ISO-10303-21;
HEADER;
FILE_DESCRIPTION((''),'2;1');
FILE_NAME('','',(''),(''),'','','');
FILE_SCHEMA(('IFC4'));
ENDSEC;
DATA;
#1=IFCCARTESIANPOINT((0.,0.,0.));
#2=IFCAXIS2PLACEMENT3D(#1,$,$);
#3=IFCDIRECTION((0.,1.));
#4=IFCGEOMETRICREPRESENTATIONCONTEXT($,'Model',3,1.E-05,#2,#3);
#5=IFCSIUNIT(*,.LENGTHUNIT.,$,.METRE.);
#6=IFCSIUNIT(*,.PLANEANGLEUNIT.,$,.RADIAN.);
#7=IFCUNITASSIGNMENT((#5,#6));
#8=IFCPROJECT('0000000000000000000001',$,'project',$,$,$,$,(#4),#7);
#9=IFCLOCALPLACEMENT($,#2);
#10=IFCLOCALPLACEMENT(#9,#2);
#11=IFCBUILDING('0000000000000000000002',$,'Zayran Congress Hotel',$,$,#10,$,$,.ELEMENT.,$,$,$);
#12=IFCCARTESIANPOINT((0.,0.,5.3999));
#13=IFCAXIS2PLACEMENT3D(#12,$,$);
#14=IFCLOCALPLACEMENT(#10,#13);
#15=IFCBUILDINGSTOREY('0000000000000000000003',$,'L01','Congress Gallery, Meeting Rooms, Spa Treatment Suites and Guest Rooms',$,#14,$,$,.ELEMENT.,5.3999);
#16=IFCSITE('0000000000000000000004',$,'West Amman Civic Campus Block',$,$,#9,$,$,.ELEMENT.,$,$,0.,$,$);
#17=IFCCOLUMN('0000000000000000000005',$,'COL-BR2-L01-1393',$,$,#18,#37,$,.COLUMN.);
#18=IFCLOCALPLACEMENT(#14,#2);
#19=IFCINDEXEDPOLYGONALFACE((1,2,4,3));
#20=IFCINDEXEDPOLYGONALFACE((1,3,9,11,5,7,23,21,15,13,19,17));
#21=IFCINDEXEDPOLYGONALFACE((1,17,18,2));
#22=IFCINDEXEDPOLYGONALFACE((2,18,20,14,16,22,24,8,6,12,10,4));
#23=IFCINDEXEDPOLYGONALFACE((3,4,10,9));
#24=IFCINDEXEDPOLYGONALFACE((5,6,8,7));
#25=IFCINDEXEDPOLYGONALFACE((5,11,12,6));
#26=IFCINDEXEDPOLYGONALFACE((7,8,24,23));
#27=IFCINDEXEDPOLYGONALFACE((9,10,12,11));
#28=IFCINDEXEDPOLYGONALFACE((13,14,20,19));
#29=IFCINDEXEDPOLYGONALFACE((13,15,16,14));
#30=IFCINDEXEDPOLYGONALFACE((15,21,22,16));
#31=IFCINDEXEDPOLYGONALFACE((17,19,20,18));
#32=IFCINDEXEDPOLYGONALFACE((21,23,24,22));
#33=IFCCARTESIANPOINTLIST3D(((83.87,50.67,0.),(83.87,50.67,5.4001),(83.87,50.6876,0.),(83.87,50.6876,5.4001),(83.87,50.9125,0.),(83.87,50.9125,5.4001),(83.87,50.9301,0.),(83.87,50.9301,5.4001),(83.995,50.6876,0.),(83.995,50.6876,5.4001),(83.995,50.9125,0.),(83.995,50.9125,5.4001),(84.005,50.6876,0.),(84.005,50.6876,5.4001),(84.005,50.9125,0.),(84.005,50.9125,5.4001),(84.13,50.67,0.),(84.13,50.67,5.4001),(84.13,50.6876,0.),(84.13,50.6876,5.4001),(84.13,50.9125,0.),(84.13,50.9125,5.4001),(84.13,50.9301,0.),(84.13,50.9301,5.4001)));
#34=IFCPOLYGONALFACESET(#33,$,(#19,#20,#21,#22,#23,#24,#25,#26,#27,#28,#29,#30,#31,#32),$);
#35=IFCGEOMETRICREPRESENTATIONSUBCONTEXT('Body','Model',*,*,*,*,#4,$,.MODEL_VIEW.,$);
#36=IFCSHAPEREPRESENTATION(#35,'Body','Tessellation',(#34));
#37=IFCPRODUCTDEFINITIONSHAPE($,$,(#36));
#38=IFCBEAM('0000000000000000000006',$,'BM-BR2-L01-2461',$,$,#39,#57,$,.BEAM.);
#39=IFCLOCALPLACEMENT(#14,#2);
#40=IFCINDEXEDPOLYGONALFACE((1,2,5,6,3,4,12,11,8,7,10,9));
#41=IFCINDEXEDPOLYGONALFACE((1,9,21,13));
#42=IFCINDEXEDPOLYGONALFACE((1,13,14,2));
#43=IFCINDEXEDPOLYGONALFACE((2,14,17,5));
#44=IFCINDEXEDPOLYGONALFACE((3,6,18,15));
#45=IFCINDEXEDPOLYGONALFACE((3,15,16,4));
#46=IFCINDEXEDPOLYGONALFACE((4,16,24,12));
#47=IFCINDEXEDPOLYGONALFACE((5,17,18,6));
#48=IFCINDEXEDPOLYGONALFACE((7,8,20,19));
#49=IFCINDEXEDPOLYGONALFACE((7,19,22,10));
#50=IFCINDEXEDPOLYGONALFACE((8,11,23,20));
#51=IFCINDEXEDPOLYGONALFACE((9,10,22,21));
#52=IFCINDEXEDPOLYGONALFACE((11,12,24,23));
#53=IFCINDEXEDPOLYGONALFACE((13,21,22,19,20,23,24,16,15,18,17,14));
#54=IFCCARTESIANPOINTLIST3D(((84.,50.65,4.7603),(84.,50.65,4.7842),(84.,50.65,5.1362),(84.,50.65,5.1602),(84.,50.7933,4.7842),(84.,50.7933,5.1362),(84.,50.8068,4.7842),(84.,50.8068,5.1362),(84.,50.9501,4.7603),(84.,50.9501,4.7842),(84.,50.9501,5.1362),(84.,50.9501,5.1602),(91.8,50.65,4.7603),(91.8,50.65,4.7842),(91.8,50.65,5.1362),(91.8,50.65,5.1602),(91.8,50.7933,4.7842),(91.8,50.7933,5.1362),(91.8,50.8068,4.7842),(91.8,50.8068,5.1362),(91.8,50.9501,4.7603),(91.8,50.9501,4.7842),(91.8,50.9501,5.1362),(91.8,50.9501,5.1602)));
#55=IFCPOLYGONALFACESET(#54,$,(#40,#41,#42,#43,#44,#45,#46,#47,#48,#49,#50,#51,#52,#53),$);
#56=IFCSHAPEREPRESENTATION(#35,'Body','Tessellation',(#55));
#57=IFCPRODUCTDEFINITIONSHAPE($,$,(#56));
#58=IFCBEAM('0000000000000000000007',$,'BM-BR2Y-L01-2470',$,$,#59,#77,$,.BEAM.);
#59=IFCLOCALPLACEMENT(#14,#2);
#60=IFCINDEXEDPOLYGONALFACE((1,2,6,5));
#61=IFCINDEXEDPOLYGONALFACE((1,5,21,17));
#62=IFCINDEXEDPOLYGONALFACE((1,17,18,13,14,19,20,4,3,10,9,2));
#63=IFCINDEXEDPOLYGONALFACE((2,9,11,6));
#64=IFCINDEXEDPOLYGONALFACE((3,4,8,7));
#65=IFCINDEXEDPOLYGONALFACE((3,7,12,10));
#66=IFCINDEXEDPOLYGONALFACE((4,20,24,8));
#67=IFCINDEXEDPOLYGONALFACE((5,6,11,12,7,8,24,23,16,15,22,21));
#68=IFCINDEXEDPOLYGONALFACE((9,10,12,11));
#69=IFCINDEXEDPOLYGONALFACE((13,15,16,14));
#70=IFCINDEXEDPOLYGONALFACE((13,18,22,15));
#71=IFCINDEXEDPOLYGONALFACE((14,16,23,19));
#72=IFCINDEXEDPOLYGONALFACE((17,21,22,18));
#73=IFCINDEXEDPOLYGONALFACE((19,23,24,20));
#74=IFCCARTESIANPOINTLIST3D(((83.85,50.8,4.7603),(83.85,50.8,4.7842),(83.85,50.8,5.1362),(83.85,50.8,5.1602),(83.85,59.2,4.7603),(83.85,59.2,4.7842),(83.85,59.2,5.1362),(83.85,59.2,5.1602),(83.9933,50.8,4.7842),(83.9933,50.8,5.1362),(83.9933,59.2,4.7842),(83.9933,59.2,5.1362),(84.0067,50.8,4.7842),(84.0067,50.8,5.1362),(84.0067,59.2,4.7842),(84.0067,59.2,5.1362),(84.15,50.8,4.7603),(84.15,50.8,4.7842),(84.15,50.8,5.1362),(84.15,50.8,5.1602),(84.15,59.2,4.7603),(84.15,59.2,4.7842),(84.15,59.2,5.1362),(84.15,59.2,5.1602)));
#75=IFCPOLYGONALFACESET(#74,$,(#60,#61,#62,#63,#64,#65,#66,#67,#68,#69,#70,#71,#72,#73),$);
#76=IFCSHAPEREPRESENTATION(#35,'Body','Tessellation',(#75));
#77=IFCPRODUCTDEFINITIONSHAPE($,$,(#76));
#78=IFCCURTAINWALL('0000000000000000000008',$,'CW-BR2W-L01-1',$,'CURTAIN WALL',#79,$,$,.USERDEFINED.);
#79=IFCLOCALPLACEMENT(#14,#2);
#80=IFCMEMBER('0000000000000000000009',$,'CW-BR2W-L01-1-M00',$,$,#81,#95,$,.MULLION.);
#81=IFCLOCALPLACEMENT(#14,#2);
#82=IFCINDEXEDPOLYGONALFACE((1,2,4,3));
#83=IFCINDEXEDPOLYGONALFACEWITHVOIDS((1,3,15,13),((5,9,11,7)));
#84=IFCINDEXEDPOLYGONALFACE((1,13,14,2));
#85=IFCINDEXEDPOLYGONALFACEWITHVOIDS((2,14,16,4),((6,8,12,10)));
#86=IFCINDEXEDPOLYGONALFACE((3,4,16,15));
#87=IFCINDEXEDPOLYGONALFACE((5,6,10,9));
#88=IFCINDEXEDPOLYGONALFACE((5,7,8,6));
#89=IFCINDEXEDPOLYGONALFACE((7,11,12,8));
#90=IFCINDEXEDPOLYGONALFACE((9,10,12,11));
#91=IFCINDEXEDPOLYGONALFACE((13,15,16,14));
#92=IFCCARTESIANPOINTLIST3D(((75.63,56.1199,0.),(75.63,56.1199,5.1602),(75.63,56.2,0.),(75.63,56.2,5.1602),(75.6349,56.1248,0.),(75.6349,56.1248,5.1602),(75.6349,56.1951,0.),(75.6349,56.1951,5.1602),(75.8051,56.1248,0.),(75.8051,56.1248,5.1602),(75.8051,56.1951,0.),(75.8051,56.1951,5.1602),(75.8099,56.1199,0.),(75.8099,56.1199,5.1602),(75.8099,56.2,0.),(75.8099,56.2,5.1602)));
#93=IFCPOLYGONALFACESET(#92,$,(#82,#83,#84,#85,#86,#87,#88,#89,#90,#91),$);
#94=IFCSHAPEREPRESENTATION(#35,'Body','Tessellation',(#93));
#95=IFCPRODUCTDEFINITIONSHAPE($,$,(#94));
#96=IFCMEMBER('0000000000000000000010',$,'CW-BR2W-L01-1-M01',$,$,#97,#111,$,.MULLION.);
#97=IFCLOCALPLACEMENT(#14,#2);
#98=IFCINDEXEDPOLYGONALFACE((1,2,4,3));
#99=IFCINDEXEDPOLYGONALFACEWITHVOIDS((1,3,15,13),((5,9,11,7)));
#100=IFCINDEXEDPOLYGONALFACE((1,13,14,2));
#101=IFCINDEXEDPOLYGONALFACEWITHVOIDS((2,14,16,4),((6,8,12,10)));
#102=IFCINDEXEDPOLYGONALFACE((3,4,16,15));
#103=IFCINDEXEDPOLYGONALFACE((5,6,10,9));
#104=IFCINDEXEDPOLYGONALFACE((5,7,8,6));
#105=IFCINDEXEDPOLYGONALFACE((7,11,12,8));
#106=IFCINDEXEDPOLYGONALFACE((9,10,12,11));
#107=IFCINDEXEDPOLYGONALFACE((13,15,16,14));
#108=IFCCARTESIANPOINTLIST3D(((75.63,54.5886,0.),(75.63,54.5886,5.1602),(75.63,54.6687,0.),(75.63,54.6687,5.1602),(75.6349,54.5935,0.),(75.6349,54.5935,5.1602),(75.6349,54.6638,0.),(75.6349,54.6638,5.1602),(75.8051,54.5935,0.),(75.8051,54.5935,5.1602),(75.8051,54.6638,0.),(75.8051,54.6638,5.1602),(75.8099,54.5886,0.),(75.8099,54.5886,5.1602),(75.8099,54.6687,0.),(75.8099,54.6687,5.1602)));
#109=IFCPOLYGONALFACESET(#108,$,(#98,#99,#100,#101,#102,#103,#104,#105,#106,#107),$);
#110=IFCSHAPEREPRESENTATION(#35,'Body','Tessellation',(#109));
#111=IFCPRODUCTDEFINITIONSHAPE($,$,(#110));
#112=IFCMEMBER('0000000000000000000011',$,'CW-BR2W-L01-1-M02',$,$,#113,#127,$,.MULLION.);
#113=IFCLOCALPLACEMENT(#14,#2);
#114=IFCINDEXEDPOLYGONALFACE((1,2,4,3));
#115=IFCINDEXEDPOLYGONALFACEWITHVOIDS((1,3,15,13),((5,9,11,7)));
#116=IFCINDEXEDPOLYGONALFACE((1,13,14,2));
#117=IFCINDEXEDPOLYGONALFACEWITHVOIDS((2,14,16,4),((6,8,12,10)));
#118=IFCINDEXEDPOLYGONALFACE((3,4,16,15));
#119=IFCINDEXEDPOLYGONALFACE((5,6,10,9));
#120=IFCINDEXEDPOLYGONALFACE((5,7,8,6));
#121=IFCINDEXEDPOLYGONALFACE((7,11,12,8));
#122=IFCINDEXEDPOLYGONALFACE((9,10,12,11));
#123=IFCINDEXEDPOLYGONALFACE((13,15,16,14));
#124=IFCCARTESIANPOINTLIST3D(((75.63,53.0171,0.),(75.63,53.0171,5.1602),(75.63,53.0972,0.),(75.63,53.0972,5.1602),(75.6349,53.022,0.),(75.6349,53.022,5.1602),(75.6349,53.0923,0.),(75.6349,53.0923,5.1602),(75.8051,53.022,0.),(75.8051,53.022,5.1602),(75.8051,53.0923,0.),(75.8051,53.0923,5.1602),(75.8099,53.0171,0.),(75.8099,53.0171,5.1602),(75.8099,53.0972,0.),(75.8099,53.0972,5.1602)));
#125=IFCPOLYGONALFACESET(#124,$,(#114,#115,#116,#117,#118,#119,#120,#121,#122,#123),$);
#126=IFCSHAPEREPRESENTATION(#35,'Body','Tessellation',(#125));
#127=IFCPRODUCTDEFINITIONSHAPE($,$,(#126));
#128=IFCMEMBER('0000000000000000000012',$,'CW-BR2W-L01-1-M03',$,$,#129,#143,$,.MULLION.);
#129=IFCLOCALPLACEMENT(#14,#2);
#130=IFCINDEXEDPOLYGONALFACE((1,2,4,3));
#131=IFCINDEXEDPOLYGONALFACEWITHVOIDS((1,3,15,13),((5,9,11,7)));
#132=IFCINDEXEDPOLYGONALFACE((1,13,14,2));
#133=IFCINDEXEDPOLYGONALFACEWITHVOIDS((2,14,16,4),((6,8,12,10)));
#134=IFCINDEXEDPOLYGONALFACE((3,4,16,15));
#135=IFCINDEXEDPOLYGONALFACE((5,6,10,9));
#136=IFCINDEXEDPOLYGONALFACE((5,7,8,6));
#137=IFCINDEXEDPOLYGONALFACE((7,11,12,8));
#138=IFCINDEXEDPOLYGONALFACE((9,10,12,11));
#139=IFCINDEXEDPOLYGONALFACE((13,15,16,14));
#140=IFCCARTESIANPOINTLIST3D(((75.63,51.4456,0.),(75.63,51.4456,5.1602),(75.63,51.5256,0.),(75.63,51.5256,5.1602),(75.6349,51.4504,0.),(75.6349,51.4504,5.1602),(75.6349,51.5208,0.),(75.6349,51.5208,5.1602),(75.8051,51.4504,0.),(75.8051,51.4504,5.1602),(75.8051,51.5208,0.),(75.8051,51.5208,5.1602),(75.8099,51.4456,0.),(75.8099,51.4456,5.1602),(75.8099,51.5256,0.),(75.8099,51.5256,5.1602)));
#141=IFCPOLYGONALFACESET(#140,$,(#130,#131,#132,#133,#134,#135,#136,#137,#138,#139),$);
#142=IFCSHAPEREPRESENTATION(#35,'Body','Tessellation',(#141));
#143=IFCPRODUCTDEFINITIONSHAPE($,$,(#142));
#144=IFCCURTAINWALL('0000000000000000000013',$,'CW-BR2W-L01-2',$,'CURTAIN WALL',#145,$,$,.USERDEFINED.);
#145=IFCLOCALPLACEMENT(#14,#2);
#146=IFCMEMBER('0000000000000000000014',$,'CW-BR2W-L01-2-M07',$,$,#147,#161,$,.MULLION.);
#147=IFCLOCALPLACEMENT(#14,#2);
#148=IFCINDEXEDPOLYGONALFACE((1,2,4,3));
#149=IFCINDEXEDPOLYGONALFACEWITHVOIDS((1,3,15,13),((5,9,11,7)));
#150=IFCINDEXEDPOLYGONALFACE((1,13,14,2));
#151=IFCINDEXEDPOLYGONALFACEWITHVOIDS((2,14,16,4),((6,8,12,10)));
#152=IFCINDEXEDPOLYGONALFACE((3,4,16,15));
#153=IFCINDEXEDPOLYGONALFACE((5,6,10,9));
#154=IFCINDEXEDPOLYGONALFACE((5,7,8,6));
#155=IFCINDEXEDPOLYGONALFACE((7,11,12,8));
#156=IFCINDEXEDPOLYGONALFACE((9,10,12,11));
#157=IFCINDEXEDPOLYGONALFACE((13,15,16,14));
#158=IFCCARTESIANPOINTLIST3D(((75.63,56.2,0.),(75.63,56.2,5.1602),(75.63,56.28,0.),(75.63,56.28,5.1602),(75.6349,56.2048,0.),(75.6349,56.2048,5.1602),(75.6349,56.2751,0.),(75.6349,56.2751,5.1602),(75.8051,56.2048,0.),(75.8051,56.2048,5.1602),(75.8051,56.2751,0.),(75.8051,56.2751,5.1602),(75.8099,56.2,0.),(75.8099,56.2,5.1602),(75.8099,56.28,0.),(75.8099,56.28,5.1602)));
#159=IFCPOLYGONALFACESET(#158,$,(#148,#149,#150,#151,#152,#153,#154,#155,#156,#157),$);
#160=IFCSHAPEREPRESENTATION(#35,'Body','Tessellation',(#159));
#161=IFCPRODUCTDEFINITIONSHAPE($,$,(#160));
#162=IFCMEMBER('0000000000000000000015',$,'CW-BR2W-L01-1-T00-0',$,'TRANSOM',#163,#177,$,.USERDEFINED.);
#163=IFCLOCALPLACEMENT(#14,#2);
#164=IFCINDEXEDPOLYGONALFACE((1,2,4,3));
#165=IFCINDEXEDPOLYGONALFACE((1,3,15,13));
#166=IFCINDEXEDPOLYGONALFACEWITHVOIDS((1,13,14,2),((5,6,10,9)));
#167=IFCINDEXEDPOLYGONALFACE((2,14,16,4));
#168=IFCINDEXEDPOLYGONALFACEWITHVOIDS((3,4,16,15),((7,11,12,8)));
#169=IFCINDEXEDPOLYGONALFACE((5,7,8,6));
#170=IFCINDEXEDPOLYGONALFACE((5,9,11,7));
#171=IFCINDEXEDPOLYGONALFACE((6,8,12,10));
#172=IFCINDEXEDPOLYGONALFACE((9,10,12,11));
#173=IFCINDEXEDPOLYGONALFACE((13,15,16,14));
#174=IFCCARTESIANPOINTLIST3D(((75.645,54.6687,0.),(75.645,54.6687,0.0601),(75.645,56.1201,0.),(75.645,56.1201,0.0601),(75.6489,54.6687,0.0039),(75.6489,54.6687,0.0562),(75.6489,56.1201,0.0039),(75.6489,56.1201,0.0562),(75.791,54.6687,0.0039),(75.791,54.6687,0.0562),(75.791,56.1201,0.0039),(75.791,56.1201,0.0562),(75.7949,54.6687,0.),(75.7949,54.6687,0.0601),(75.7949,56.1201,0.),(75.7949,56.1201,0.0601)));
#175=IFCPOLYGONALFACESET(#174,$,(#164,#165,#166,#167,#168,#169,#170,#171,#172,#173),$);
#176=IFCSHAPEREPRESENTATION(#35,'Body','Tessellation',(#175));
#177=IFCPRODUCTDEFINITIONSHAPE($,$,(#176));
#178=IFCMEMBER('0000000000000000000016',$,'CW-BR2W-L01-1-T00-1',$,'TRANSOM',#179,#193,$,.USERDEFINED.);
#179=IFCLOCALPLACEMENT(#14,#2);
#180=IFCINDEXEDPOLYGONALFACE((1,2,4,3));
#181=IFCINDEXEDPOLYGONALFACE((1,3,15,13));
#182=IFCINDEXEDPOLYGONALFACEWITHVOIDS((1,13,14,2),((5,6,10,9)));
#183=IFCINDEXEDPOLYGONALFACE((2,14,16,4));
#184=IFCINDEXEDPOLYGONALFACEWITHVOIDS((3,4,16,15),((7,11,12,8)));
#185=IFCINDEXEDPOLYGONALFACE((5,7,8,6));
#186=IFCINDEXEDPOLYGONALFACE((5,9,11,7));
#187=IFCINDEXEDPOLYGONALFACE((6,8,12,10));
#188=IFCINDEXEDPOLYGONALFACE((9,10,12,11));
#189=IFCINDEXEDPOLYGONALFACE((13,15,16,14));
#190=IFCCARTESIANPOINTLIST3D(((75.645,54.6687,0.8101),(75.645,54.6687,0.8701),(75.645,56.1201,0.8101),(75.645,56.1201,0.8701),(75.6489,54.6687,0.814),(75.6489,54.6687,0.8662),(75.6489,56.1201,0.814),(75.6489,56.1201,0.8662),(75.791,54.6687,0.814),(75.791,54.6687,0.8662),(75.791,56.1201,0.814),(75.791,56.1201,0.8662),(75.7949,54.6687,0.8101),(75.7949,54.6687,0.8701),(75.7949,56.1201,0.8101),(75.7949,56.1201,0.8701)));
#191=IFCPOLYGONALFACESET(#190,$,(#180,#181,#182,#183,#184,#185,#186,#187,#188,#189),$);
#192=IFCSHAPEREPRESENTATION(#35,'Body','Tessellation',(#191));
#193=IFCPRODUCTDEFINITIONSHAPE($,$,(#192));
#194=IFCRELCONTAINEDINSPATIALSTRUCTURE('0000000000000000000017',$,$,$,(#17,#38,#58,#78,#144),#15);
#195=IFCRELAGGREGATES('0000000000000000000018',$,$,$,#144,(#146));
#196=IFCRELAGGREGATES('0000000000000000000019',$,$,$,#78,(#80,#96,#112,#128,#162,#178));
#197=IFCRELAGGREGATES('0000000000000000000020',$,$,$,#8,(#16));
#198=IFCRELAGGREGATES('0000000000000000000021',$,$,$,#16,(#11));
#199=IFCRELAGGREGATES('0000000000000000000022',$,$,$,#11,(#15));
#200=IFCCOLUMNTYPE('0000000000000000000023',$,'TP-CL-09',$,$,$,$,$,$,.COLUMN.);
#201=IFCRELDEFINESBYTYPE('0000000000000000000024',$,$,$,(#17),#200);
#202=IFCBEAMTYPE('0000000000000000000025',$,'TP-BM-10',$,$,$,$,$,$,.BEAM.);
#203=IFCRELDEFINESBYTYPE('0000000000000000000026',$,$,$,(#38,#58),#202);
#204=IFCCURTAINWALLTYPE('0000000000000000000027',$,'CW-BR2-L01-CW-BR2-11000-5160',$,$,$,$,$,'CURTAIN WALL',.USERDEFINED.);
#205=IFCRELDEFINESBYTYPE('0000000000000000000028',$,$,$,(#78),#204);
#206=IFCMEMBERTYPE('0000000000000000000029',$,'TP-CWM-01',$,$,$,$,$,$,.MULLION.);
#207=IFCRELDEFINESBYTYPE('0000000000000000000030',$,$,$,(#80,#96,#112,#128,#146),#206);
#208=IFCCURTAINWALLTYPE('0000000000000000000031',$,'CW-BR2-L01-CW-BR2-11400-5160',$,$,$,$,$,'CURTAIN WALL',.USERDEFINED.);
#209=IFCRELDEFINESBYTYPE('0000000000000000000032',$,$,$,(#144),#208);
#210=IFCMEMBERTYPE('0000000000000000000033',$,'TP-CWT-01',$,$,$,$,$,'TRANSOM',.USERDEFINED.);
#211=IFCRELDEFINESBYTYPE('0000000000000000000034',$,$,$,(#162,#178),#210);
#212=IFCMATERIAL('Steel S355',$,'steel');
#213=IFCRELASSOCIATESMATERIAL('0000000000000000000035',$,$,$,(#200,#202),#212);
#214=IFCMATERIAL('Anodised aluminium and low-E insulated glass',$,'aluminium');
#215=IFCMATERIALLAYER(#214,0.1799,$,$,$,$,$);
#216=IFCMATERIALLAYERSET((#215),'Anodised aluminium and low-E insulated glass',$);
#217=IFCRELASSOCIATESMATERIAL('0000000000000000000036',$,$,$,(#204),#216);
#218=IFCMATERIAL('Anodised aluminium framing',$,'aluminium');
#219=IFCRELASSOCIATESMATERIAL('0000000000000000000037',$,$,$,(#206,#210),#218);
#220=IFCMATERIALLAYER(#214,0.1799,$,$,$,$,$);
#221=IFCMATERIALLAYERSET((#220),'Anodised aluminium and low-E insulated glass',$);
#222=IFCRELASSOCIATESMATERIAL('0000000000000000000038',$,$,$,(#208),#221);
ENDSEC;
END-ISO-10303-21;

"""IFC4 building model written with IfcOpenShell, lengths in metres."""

from ifc_helpers import new_model, si_unit, direction, frame, origin, origin_2d, place, context, subcontext, project, spatial, hollow_rectangle, i_section, extrude, material, layer, layer_set, material_profile, profile_set, type_object, element, aggregate, save


model = new_model("IFC4")

# Units and contexts
model_context = context("Model", 3, precision=1e-05, world=origin(), true_north=direction((0.0, 1.0)))
body_context = subcontext(model_context, "Body", "Model", "MODEL_VIEW")
ifc_project = project(units=[si_unit("LENGTHUNIT", "METRE"), si_unit("PLANEANGLEUNIT", "RADIAN")], contexts=[model_context])

# Site, building, storey
site_placement = place(None, origin())
site = spatial("IfcSite", under=ifc_project, at=site_placement, Name="West Amman Civic Campus Block", CompositionType="ELEMENT", RefElevation=0.0)
building_placement = place(site_placement, origin())
building = spatial("IfcBuilding", under=site, at=building_placement, Name="Zayran Congress Hotel", CompositionType="ELEMENT")
storey_placement = place(building_placement, frame((0.0, 0.0, 5.3999)))
storey = spatial("IfcBuildingStorey", under=building, at=storey_placement, Name="L01", Description="Congress Gallery, Meeting Rooms, Spa Treatment Suites and Guest Rooms", CompositionType="ELEMENT", Elevation=5.3999)

# Column
ifc_material_1 = material(Name="Steel S355", Category="steel")
ifc_material_profile_1 = material_profile(ifc_material_1, i_section(OverallWidth=0.26, OverallDepth=0.26, WebThickness=0.01, FlangeThickness=0.0176, at=origin_2d()), Name="HEB 260")
ifc_profile_set_1 = profile_set([ifc_material_profile_1], Name="Steel S355")
column_type = type_object("IfcColumnType", Name="TP-CL-09", PredefinedType="COLUMN", material=ifc_profile_set_1)
column_placement = place(storey_placement, frame((84.0, 50.8, 0.0), z_axis=(0.0, 0.0, 1.0), x_axis=(1.0, 0.0, 0.0)))
element("IfcColumn", 1, at=column_placement, inside=storey, type_object=column_type, Name="COL-BR2-L01-1393", PredefinedType="COLUMN", context=body_context, shape_type="SweptSolid", body=[
    extrude(i_section(OverallWidth=0.26, OverallDepth=0.26, WebThickness=0.01, FlangeThickness=0.0176, at=origin_2d()), origin(), (0.0, 0.0, 1.0), 5.4001),
])

# Beams
ifc_material_profile_2 = material_profile(ifc_material_1, i_section(OverallWidth=0.3, OverallDepth=0.3999, WebThickness=0.0134, FlangeThickness=0.0239, at=origin_2d()), Name="HEB 400")
ifc_profile_set_2 = profile_set([ifc_material_profile_2], Name="Steel S355")
beam_type = type_object("IfcBeamType", Name="TP-BM-10", PredefinedType="BEAM", material=ifc_profile_set_2)
beam_1_placement = place(storey_placement, frame((84.0, 50.8, 4.9602), z_axis=(1.0, 0.0, 0.0), x_axis=(0.0, 1.0, 0.0)))
element("IfcBeam", 2, at=beam_1_placement, inside=storey, type_object=beam_type, Name="BM-BR2-L01-2461", PredefinedType="BEAM", context=body_context, shape_type="SweptSolid", body=[
    extrude(i_section(OverallWidth=0.3, OverallDepth=0.3999, WebThickness=0.0134, FlangeThickness=0.0239, at=origin_2d()), origin(), (0.0, 0.0, 1.0), 7.8),
])
beam_2_placement = place(storey_placement, frame((84.0, 50.8, 4.9602), z_axis=(0.0, 1.0, 0.0), x_axis=(-1.0, 0.0, 0.0)))
element("IfcBeam", 3, at=beam_2_placement, inside=storey, type_object=beam_type, Name="BM-BR2Y-L01-2470", PredefinedType="BEAM", context=body_context, shape_type="SweptSolid", body=[
    extrude(i_section(OverallWidth=0.3, OverallDepth=0.3999, WebThickness=0.0134, FlangeThickness=0.0239, at=origin_2d()), origin(), (0.0, 0.0, 1.0), 8.3999),
])

# Curtain wall, members
ifc_material_2 = material(Name="Anodised aluminium and low-E insulated glass", Category="aluminium")
ifc_layer_1 = layer(ifc_material_2, 0.1799)
ifc_layer_set_1 = layer_set([ifc_layer_1], Name="Anodised aluminium and low-E insulated glass")
curtain_wall_type_1 = type_object("IfcCurtainWallType", Name="CW-BR2-L01-CW-BR2-11000-5160", ElementType="CURTAIN WALL", PredefinedType="USERDEFINED", material=ifc_layer_set_1)
curtain_wall_1_placement = place(storey_placement, origin())
curtain_wall_1 = element("IfcCurtainWall", 4, at=curtain_wall_1_placement, inside=storey, type_object=curtain_wall_type_1, Name="CW-BR2W-L01-1", ObjectType="CURTAIN WALL", PredefinedType="USERDEFINED")
ifc_material_3 = material(Name="Anodised aluminium framing", Category="aluminium")
ifc_material_profile_3 = material_profile(ifc_material_3, hollow_rectangle(XDim=0.0801, YDim=0.1799, WallThickness=0.0049, at=origin_2d()), Name="RHS 180x80x5")
ifc_profile_set_3 = profile_set([ifc_material_profile_3], Name="Anodised aluminium framing")
member_type_1 = type_object("IfcMemberType", Name="TP-CWM-01", PredefinedType="MULLION", material=ifc_profile_set_3)
member_1_placement = place(storey_placement, frame((75.72, 56.1599, 0.0), z_axis=(0.0, 0.0, 1.0), x_axis=(0.0, 1.0, 0.0)))
member_1 = element("IfcMember", 5, at=member_1_placement, type_object=member_type_1, Name="CW-BR2W-L01-1-M00", PredefinedType="MULLION", context=body_context, shape_type="SweptSolid", body=[
    extrude(hollow_rectangle(XDim=0.0801, YDim=0.1799, WallThickness=0.0049, at=origin_2d()), origin(), (0.0, 0.0, 1.0), 5.1602),
])
member_2_placement = place(storey_placement, frame((75.72, 54.6287, 0.0), z_axis=(0.0, 0.0, 1.0), x_axis=(0.0, 1.0, 0.0)))
member_2 = element("IfcMember", 6, at=member_2_placement, type_object=member_type_1, Name="CW-BR2W-L01-1-M01", PredefinedType="MULLION", context=body_context, shape_type="SweptSolid", body=[
    extrude(hollow_rectangle(XDim=0.0801, YDim=0.1799, WallThickness=0.0049, at=origin_2d()), origin(), (0.0, 0.0, 1.0), 5.1602),
])
member_3_placement = place(storey_placement, frame((75.72, 53.0571, 0.0), z_axis=(0.0, 0.0, 1.0), x_axis=(0.0, 1.0, 0.0)))
member_3 = element("IfcMember", 7, at=member_3_placement, type_object=member_type_1, Name="CW-BR2W-L01-1-M02", PredefinedType="MULLION", context=body_context, shape_type="SweptSolid", body=[
    extrude(hollow_rectangle(XDim=0.0801, YDim=0.1799, WallThickness=0.0049, at=origin_2d()), origin(), (0.0, 0.0, 1.0), 5.1602),
])
member_4_placement = place(storey_placement, frame((75.72, 51.4856, 0.0), z_axis=(0.0, 0.0, 1.0), x_axis=(0.0, 1.0, 0.0)))
member_4 = element("IfcMember", 8, at=member_4_placement, type_object=member_type_1, Name="CW-BR2W-L01-1-M03", PredefinedType="MULLION", context=body_context, shape_type="SweptSolid", body=[
    extrude(hollow_rectangle(XDim=0.0801, YDim=0.1799, WallThickness=0.0049, at=origin_2d()), origin(), (0.0, 0.0, 1.0), 5.1602),
])

# Curtain wall, member
ifc_layer_2 = layer(ifc_material_2, 0.1799)
ifc_layer_set_2 = layer_set([ifc_layer_2], Name="Anodised aluminium and low-E insulated glass")
curtain_wall_type_2 = type_object("IfcCurtainWallType", Name="CW-BR2-L01-CW-BR2-11400-5160", ElementType="CURTAIN WALL", PredefinedType="USERDEFINED", material=ifc_layer_set_2)
curtain_wall_2_placement = place(storey_placement, origin())
curtain_wall_2 = element("IfcCurtainWall", 9, at=curtain_wall_2_placement, inside=storey, type_object=curtain_wall_type_2, Name="CW-BR2W-L01-2", ObjectType="CURTAIN WALL", PredefinedType="USERDEFINED")
member_5_placement = place(storey_placement, frame((75.72, 56.24, 0.0), z_axis=(0.0, 0.0, 1.0), x_axis=(0.0, 1.0, 0.0)))
member_5 = element("IfcMember", 10, at=member_5_placement, type_object=member_type_1, Name="CW-BR2W-L01-2-M07", PredefinedType="MULLION", context=body_context, shape_type="SweptSolid", body=[
    extrude(hollow_rectangle(XDim=0.0801, YDim=0.1799, WallThickness=0.0049, at=origin_2d()), origin(), (0.0, 0.0, 1.0), 5.1602),
])
aggregate(curtain_wall_2, [member_5])

# Members
ifc_material_profile_4 = material_profile(ifc_material_3, hollow_rectangle(XDim=0.0601, YDim=0.1499, WallThickness=0.0039, at=origin_2d()), Name="RHS 150x60x4")
ifc_profile_set_4 = profile_set([ifc_material_profile_4], Name="Anodised aluminium framing")
member_type_2 = type_object("IfcMemberType", Name="TP-CWT-01", ElementType="TRANSOM", PredefinedType="USERDEFINED", material=ifc_profile_set_4)
member_6_placement = place(storey_placement, frame((75.72, 56.1201, 0.03), z_axis=(0.0, -1.0, 0.0), x_axis=(0.0, 0.0, 1.0)))
member_6 = element("IfcMember", 11, at=member_6_placement, type_object=member_type_2, Name="CW-BR2W-L01-1-T00-0", ObjectType="TRANSOM", PredefinedType="USERDEFINED", context=body_context, shape_type="SweptSolid", body=[
    extrude(hollow_rectangle(XDim=0.0601, YDim=0.1499, WallThickness=0.0039, at=origin_2d()), origin(), (0.0, 0.0, 1.0), 1.4514),
])
member_7_placement = place(storey_placement, frame((75.72, 56.1201, 0.8401), z_axis=(0.0, -1.0, 0.0), x_axis=(0.0, 0.0, 1.0)))
member_7 = element("IfcMember", 12, at=member_7_placement, type_object=member_type_2, Name="CW-BR2W-L01-1-T00-1", ObjectType="TRANSOM", PredefinedType="USERDEFINED", context=body_context, shape_type="SweptSolid", body=[
    extrude(hollow_rectangle(XDim=0.0601, YDim=0.1499, WallThickness=0.0039, at=origin_2d()), origin(), (0.0, 0.0, 1.0), 1.4514),
])

aggregate(curtain_wall_1, [member_1, member_2, member_3, member_4, member_6, member_7])

save(model, "model.ifc")
